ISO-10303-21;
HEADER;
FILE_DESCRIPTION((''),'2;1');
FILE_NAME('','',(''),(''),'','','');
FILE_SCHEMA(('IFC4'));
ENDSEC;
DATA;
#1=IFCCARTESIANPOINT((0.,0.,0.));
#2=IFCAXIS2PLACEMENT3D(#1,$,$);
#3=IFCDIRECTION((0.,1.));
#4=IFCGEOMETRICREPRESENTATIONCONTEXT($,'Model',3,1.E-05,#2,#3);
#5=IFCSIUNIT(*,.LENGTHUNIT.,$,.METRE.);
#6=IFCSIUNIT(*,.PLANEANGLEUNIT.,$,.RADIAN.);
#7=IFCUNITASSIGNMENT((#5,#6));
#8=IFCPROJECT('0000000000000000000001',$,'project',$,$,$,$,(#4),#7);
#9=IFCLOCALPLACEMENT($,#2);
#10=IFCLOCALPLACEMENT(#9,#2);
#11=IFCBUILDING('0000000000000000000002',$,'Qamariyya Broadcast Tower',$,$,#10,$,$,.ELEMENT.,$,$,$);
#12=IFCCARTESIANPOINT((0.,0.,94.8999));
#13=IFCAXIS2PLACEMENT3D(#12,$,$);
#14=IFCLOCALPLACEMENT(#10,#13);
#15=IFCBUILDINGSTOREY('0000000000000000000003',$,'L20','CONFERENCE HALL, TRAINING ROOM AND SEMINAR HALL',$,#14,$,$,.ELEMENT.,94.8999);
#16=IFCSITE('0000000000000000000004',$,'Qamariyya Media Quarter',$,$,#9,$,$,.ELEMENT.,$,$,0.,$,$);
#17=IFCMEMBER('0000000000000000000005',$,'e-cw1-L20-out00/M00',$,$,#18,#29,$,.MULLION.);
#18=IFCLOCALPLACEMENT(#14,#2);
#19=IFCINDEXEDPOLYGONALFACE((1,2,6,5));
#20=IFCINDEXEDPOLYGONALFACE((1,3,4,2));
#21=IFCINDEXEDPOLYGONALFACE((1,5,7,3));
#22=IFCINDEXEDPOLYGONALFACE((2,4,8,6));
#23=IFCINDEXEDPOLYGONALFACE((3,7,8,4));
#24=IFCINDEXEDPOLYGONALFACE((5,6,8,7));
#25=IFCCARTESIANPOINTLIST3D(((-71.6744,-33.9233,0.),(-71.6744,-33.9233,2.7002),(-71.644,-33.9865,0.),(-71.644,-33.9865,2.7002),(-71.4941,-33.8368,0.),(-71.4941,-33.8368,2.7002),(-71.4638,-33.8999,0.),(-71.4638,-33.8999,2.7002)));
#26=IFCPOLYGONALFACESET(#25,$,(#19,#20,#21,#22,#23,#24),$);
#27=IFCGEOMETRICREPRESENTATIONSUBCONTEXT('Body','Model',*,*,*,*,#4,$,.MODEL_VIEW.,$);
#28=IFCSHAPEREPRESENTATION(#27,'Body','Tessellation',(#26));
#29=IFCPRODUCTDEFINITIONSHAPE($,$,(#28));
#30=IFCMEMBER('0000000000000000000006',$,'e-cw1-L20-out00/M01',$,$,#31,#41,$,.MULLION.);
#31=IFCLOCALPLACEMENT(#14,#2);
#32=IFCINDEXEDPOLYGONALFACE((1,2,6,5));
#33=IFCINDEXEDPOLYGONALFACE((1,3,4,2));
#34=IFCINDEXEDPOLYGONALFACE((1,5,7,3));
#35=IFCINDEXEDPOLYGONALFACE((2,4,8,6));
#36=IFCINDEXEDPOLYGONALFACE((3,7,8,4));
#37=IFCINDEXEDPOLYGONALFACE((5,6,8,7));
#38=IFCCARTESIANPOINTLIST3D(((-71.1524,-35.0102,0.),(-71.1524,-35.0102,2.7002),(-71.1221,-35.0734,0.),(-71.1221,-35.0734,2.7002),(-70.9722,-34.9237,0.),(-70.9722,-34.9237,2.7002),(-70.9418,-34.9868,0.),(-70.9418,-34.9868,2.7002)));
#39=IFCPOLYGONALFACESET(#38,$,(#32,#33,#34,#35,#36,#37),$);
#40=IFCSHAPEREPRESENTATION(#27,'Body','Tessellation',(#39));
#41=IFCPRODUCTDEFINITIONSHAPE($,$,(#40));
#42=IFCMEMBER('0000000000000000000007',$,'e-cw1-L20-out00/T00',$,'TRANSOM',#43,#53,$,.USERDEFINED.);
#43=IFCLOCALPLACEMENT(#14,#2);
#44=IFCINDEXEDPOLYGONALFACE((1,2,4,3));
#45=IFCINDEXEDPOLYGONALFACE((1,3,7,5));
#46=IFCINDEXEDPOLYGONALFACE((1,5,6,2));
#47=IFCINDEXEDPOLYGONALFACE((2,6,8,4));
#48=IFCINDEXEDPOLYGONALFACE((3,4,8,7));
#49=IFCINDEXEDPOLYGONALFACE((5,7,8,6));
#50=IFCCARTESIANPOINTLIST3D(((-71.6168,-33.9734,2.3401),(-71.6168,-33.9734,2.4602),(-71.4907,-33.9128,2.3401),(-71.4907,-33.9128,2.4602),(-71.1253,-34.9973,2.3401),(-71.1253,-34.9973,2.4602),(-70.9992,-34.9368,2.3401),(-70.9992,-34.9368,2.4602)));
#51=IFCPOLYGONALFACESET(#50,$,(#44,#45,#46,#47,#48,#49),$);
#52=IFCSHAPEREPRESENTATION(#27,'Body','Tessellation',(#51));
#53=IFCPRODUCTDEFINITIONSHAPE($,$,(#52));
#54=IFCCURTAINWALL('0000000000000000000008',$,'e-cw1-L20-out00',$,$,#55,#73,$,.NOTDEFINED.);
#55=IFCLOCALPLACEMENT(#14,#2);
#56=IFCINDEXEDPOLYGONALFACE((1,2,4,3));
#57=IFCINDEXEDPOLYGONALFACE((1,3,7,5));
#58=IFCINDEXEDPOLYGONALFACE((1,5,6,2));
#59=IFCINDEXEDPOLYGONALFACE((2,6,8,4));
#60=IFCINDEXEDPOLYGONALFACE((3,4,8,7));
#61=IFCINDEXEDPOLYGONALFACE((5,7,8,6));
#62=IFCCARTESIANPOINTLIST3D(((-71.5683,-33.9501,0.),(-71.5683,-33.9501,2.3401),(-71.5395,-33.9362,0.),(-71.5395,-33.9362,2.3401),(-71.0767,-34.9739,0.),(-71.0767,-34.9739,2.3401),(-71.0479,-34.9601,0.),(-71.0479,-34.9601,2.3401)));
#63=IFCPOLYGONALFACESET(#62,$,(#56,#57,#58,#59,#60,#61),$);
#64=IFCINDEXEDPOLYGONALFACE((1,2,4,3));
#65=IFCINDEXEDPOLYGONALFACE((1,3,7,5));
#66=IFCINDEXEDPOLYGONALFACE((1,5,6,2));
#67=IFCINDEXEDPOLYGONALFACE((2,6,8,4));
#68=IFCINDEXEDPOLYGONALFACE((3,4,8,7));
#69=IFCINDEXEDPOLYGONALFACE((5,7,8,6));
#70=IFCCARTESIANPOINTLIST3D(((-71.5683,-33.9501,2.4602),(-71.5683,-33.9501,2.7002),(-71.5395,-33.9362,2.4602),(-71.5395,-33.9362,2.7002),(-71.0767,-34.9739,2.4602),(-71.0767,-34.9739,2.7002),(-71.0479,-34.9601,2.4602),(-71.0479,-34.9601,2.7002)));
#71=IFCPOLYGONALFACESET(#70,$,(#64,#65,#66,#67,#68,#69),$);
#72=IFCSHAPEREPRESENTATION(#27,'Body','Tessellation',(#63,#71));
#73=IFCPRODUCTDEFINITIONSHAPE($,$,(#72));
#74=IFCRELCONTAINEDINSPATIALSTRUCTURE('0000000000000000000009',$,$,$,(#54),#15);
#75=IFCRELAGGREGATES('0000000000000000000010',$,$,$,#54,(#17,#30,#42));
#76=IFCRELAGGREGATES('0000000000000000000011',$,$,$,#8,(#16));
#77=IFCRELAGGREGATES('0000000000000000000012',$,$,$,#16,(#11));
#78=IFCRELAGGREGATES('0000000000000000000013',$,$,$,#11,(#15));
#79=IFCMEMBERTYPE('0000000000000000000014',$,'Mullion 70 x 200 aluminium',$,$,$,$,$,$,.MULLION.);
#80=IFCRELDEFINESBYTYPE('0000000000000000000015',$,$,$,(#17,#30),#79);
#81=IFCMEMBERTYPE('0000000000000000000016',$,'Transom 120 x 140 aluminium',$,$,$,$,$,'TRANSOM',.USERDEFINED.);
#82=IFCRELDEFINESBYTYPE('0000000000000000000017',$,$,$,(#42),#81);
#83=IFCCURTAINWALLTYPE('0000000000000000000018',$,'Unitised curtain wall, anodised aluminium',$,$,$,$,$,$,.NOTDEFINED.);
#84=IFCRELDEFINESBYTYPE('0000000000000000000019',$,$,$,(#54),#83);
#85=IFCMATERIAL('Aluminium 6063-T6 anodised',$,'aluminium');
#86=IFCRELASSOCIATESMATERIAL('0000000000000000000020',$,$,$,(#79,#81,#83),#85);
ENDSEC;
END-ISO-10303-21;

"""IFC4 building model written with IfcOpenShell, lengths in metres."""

from ifc_helpers import new_model, si_unit, direction, frame, origin, origin_2d, place, context, subcontext, project, spatial, rectangle, extrude, material, material_profile, profile_set, type_object, element, aggregate, save


model = new_model("IFC4")

# Units and contexts
model_context = context("Model", 3, precision=1e-05, world=origin(), true_north=direction((0.0, 1.0)))
body_context = subcontext(model_context, "Body", "Model", "MODEL_VIEW")
ifc_project = project(units=[si_unit("LENGTHUNIT", "METRE"), si_unit("PLANEANGLEUNIT", "RADIAN")], contexts=[model_context])

# Members
ifc_material_1 = material(Name="Aluminium 6063-T6 anodised", Category="aluminium")
ifc_material_profile_1 = material_profile(ifc_material_1, rectangle(XDim=0.2, YDim=0.0701, at=origin_2d()))
ifc_profile_set_1 = profile_set([ifc_material_profile_1], Name="Aluminium 6063-T6 anodised")
member_type_1 = type_object("IfcMemberType", Name="Mullion 70 x 200 aluminium", PredefinedType="MULLION", material=ifc_profile_set_1)
site_placement = place(None, origin())
building_placement = place(site_placement, origin())
storey_placement = place(building_placement, frame((0.0, 0.0, 94.8999)))
member_1_placement = place(storey_placement, frame((-71.5691, -33.9116, 0.0), z_axis=(0.0, 0.0, 1.0), x_axis=(0.901455, 0.432873, 0.0)))
member_1 = element("IfcMember", 1, at=member_1_placement, type_object=member_type_1, Name="e-cw1-L20-out00/M00", PredefinedType="MULLION", context=body_context, shape_type="SweptSolid", body=[
    extrude(rectangle(XDim=0.2, YDim=0.0701, at=origin_2d()), origin(), (0.0, 0.0, 1.0), 2.7002),
])
member_2_placement = place(storey_placement, frame((-71.0471, -34.9985, 0.0), z_axis=(0.0, 0.0, 1.0), x_axis=(0.901455, 0.432873, 0.0)))
member_2 = element("IfcMember", 2, at=member_2_placement, type_object=member_type_1, Name="e-cw1-L20-out00/M01", PredefinedType="MULLION", context=body_context, shape_type="SweptSolid", body=[
    extrude(rectangle(XDim=0.2, YDim=0.0701, at=origin_2d()), origin(), (0.0, 0.0, 1.0), 2.7002),
])
ifc_material_profile_2 = material_profile(ifc_material_1, rectangle(XDim=0.1399, YDim=0.1201, at=origin_2d()))
ifc_profile_set_2 = profile_set([ifc_material_profile_2], Name="Aluminium 6063-T6 anodised")
member_type_2 = type_object("IfcMemberType", Name="Transom 120 x 140 aluminium", ElementType="TRANSOM", PredefinedType="USERDEFINED", material=ifc_profile_set_2)
member_3_placement = place(storey_placement, frame((-71.5537, -33.9431, 2.4001), z_axis=(0.43271, -0.901533, 0.0), x_axis=(0.901533, 0.43271, 0.0)))
member_3 = element("IfcMember", 3, at=member_3_placement, type_object=member_type_2, Name="e-cw1-L20-out00/T00", ObjectType="TRANSOM", PredefinedType="USERDEFINED", context=body_context, shape_type="SweptSolid", body=[
    extrude(rectangle(XDim=0.1399, YDim=0.1201, at=origin_2d()), origin(), (0.0, 0.0, 1.0), 1.1357),
])

# Site, building, storey
site = spatial("IfcSite", under=ifc_project, at=site_placement, Name="Qamariyya Media Quarter", CompositionType="ELEMENT", RefElevation=0.0)
building = spatial("IfcBuilding", under=site, at=building_placement, Name="Qamariyya Broadcast Tower", CompositionType="ELEMENT")
storey = spatial("IfcBuildingStorey", under=building, at=storey_placement, Name="L20", Description="CONFERENCE HALL, TRAINING ROOM AND SEMINAR HALL", CompositionType="ELEMENT", Elevation=94.8999)

# Curtain wall
curtain_wall_type = type_object("IfcCurtainWallType", Name="Unitised curtain wall, anodised aluminium", PredefinedType="NOTDEFINED", material=ifc_material_1)
curtain_wall_1_placement = place(storey_placement, origin())
curtain_wall_1 = element("IfcCurtainWall", 4, at=curtain_wall_1_placement, inside=storey, type_object=curtain_wall_type, Name="e-cw1-L20-out00", PredefinedType="NOTDEFINED", context=body_context, shape_type="SweptSolid", body=[
    extrude(rectangle(XDim=1.1357, YDim=0.032, at=origin_2d()), frame((-71.3081, -34.4551, 0.0), x_axis=(0.432843, -0.901469, 0.0)), (0.0, 0.0, 1.0), 2.3401),
    extrude(rectangle(XDim=1.1357, YDim=0.032, at=origin_2d()), frame((-71.3081, -34.4551, 2.4602), x_axis=(0.432843, -0.901469, 0.0)), (0.0, 0.0, 1.0), 0.24),
])
aggregate(curtain_wall_1, [member_1, member_2, member_3])

save(model, "model.ifc")
